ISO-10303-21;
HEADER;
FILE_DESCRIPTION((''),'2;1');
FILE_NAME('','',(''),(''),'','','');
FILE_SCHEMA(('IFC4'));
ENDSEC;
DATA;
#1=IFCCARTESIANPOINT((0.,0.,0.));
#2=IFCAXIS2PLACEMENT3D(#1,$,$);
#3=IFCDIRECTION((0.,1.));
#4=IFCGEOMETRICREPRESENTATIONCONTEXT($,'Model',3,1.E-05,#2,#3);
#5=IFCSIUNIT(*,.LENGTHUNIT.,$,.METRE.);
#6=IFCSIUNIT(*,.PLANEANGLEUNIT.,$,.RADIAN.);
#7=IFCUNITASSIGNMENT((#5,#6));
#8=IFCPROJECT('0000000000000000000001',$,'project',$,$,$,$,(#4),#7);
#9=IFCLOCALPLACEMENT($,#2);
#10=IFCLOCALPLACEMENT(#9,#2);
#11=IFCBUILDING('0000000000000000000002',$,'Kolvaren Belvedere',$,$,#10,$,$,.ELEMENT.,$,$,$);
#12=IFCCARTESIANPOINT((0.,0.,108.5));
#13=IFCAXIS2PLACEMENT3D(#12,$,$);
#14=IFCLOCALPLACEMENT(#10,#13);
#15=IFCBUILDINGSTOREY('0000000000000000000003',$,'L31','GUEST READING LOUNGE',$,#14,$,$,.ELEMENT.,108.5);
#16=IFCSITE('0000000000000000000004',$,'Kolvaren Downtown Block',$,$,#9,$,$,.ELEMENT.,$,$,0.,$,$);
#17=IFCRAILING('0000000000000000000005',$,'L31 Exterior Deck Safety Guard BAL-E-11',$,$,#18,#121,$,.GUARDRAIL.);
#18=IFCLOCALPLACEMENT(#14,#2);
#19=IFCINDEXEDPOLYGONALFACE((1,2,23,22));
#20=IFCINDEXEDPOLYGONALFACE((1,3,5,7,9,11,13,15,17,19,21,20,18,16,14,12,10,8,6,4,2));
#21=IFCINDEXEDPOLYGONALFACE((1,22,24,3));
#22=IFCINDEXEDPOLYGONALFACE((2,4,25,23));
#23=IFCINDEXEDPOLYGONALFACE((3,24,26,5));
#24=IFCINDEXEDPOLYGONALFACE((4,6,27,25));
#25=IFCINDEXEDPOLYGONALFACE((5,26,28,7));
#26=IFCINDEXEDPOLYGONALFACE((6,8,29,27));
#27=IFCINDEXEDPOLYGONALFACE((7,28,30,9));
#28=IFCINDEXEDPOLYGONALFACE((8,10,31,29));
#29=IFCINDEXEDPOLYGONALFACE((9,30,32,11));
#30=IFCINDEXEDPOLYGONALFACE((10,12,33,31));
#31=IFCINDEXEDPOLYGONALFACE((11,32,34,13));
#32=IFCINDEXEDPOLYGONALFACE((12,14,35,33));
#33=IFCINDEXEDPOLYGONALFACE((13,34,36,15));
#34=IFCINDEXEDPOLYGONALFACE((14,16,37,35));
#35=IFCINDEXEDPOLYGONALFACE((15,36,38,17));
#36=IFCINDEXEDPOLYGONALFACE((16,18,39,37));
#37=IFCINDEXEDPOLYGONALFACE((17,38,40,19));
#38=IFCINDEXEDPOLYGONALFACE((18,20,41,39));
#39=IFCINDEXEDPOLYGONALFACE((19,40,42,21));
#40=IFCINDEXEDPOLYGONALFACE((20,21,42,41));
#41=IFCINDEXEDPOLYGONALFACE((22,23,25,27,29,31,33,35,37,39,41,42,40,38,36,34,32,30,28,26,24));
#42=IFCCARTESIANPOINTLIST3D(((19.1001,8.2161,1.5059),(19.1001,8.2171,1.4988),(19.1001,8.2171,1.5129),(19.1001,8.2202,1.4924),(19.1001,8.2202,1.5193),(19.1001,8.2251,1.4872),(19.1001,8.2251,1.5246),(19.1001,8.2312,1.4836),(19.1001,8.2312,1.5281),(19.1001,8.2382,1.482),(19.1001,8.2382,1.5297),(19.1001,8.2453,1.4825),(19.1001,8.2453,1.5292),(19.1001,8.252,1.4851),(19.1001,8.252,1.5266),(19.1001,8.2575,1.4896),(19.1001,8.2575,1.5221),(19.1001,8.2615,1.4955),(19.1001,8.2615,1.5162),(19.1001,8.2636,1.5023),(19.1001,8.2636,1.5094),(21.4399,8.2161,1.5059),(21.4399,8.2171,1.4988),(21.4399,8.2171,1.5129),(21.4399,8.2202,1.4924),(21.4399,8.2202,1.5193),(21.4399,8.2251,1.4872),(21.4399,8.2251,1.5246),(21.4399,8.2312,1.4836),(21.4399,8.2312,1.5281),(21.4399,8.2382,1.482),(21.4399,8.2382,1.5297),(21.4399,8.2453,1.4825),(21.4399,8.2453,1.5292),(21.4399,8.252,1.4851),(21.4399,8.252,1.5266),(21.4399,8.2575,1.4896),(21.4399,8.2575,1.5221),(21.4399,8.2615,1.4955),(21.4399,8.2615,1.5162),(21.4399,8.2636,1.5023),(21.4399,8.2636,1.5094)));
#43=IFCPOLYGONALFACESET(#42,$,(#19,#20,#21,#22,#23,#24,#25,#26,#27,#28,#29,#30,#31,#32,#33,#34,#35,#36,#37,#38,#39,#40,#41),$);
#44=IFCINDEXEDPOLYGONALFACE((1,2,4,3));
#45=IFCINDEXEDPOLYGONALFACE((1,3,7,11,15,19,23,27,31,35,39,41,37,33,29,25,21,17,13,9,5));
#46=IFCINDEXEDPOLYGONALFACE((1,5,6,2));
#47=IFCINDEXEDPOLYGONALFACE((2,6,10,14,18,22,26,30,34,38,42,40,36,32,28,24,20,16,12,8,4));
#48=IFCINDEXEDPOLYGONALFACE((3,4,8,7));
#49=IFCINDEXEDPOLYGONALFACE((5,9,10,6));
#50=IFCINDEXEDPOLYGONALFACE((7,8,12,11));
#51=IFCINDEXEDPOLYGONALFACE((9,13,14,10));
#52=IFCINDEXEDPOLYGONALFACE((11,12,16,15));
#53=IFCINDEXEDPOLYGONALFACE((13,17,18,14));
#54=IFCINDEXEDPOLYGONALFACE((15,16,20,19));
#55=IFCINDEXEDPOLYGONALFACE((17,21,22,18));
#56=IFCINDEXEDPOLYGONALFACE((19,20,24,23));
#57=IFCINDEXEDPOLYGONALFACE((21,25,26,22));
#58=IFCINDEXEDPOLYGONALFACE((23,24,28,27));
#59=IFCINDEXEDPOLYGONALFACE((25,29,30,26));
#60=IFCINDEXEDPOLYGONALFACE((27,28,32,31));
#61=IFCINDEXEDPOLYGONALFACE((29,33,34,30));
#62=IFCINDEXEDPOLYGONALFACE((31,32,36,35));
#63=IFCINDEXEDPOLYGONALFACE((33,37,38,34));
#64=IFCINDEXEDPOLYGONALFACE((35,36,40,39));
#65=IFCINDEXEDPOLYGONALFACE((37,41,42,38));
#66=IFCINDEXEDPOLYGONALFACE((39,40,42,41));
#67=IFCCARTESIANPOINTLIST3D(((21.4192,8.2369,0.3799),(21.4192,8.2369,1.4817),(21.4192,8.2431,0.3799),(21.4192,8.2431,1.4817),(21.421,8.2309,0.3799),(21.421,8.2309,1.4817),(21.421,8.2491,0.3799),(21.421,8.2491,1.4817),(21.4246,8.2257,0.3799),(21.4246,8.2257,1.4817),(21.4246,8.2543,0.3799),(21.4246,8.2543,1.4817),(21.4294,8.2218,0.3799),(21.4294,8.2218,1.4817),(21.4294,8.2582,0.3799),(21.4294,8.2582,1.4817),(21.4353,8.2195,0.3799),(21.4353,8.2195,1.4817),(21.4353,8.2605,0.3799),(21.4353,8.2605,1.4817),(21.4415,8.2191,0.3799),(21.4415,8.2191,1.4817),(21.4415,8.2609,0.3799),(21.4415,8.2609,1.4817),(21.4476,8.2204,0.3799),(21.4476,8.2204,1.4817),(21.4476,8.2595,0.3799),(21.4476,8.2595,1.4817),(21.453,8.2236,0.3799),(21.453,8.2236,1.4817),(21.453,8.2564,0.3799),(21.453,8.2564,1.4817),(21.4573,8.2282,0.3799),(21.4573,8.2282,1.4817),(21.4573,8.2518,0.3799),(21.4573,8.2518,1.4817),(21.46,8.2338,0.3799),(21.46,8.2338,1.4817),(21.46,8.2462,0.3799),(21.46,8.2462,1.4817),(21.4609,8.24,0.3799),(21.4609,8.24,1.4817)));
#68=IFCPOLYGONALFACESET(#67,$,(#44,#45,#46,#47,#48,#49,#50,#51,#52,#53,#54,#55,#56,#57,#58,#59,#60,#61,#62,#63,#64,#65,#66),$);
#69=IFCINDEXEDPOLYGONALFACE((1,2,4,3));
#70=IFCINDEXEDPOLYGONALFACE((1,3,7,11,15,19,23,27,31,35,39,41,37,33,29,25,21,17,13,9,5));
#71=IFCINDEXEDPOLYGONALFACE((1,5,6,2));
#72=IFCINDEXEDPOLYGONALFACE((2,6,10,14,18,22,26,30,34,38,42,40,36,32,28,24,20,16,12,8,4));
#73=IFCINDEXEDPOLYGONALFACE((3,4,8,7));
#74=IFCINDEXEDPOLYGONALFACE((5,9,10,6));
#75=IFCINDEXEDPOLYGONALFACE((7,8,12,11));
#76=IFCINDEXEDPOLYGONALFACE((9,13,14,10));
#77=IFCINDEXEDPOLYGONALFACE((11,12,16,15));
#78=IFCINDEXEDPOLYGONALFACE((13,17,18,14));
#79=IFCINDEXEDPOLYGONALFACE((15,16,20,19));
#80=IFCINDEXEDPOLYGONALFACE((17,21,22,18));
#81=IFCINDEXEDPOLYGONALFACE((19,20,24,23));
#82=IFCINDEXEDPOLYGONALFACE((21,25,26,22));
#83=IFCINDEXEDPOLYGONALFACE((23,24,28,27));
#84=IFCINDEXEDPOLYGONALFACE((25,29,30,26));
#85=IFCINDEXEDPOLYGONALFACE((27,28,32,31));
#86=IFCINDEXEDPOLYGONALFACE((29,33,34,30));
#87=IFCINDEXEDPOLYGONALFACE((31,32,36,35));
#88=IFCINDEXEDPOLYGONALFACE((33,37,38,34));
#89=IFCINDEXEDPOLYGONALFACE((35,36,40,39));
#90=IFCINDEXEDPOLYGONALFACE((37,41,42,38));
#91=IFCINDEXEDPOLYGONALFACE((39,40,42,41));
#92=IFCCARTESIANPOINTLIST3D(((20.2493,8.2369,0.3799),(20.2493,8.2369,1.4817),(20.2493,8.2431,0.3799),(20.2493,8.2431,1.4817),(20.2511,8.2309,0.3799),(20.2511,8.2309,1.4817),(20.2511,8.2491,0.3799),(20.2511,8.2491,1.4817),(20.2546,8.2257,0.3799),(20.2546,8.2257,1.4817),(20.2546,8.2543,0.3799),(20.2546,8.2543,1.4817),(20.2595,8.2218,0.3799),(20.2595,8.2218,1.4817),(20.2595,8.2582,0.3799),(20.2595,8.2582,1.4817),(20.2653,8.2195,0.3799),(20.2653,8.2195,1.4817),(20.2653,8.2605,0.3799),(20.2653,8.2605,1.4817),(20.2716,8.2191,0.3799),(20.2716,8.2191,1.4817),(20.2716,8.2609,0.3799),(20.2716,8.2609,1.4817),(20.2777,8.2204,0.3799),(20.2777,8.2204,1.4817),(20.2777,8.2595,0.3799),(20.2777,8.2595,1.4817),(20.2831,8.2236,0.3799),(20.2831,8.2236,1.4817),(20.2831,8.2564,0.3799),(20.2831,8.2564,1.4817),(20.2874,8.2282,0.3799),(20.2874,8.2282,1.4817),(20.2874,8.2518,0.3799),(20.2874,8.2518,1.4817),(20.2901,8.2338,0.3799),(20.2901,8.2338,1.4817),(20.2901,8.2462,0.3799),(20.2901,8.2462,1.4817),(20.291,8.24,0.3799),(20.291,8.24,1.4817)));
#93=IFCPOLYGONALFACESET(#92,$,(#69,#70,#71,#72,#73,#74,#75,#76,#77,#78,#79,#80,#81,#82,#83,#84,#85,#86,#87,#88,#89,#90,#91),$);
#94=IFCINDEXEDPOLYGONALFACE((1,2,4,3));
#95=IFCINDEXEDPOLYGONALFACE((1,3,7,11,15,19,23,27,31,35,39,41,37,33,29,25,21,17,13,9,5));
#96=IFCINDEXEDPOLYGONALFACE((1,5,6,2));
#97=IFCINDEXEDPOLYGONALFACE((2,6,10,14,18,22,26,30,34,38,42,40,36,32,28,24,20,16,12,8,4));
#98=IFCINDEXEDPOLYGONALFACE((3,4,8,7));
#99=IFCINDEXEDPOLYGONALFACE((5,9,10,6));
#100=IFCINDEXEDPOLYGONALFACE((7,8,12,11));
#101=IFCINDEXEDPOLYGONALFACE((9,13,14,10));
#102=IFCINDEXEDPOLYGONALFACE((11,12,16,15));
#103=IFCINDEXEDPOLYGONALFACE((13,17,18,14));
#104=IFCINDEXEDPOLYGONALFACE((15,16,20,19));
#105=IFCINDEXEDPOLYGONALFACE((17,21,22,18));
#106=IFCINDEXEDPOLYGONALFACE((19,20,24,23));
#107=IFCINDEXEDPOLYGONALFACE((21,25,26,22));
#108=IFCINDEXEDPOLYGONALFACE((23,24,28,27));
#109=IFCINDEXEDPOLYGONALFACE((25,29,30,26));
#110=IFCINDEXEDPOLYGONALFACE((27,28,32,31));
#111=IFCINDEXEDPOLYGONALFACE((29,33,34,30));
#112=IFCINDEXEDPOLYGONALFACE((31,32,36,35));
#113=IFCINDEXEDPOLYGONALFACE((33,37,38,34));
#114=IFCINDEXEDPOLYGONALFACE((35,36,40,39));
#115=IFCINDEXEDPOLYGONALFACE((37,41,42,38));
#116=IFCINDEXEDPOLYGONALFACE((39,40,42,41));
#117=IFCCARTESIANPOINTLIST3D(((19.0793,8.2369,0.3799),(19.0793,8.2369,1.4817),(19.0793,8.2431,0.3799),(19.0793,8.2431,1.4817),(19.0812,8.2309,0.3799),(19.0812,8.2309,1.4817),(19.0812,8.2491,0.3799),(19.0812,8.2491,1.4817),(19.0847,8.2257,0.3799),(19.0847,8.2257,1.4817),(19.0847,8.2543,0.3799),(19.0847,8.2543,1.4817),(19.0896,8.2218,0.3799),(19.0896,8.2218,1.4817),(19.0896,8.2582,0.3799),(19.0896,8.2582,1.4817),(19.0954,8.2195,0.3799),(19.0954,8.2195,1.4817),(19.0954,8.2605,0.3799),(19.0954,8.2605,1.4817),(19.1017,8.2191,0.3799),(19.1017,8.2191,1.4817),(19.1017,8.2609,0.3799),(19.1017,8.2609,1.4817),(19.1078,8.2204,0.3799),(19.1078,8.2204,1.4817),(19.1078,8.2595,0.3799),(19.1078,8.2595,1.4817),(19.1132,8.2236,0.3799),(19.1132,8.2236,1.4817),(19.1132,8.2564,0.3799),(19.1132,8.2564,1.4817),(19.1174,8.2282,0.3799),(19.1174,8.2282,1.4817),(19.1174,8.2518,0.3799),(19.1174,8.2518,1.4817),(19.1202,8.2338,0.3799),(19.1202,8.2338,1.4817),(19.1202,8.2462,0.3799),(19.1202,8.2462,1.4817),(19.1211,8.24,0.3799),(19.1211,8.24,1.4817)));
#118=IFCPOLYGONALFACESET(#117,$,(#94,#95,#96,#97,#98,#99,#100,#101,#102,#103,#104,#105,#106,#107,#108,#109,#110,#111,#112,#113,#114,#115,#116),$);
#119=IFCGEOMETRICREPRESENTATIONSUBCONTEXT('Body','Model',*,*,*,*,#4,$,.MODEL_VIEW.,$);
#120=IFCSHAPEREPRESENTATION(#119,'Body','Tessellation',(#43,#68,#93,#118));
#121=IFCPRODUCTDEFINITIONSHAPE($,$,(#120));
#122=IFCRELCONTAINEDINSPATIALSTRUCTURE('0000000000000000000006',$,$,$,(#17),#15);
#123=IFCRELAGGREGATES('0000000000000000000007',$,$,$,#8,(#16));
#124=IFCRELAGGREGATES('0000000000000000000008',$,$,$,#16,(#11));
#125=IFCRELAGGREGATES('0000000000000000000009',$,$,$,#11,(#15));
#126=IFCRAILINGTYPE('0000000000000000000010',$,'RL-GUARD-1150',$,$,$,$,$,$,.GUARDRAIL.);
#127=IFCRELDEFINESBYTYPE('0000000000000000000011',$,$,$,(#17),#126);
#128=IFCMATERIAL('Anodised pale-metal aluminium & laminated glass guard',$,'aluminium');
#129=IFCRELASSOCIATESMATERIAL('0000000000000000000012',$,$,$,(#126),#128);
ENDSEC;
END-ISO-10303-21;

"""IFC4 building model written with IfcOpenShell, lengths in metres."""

from ifc_helpers import new_model, si_unit, direction, frame, origin, origin_2d, place, context, subcontext, project, spatial, circle, extrude, material, type_object, element, save


model = new_model("IFC4")

# Units and contexts
model_context = context("Model", 3, precision=1e-05, world=origin(), true_north=direction((0.0, 1.0)))
body_context = subcontext(model_context, "Body", "Model", "MODEL_VIEW")
ifc_project = project(units=[si_unit("LENGTHUNIT", "METRE"), si_unit("PLANEANGLEUNIT", "RADIAN")], contexts=[model_context])

# Site, building, storey
site_placement = place(None, origin())
site = spatial("IfcSite", under=ifc_project, at=site_placement, Name="Kolvaren Downtown Block", CompositionType="ELEMENT", RefElevation=0.0)
building_placement = place(site_placement, origin())
building = spatial("IfcBuilding", under=site, at=building_placement, Name="Kolvaren Belvedere", CompositionType="ELEMENT")
storey_placement = place(building_placement, frame((0.0, 0.0, 108.5)))
storey = spatial("IfcBuildingStorey", under=building, at=storey_placement, Name="L31", Description="GUEST READING LOUNGE", CompositionType="ELEMENT", Elevation=108.5)

# Railing
ifc_material_1 = material(Name="Anodised pale-metal aluminium & laminated glass guard", Category="aluminium")
railing_type = type_object("IfcRailingType", Name="RL-GUARD-1150", PredefinedType="GUARDRAIL", material=ifc_material_1)
railing_1_placement = place(storey_placement, frame((21.4399, 8.24, 0.3799)))
element("IfcRailing", 1, at=railing_1_placement, inside=storey, type_object=railing_type, Name="L31 Exterior Deck Safety Guard BAL-E-11", PredefinedType="GUARDRAIL", context=body_context, shape_type="SweptSolid", body=[
    extrude(circle(Radius=0.0239, at=origin_2d()), frame((0.0, 0.0, 1.126), z_axis=(-1.0, 0.0, 0.0), x_axis=(0.0, -1.0, 0.0)), (0.0, 0.0, 1.0), 2.3398),
    extrude(circle(Radius=0.021, at=origin_2d()), origin(), (0.0, 0.0, 1.0), 1.1018),
    extrude(circle(Radius=0.021, at=origin_2d()), frame((-1.1699, 0.0, 0.0)), (0.0, 0.0, 1.0), 1.1018),
    extrude(circle(Radius=0.021, at=origin_2d()), frame((-2.3398, 0.0, 0.0)), (0.0, 0.0, 1.0), 1.1018),
])

save(model, "model.ifc")
